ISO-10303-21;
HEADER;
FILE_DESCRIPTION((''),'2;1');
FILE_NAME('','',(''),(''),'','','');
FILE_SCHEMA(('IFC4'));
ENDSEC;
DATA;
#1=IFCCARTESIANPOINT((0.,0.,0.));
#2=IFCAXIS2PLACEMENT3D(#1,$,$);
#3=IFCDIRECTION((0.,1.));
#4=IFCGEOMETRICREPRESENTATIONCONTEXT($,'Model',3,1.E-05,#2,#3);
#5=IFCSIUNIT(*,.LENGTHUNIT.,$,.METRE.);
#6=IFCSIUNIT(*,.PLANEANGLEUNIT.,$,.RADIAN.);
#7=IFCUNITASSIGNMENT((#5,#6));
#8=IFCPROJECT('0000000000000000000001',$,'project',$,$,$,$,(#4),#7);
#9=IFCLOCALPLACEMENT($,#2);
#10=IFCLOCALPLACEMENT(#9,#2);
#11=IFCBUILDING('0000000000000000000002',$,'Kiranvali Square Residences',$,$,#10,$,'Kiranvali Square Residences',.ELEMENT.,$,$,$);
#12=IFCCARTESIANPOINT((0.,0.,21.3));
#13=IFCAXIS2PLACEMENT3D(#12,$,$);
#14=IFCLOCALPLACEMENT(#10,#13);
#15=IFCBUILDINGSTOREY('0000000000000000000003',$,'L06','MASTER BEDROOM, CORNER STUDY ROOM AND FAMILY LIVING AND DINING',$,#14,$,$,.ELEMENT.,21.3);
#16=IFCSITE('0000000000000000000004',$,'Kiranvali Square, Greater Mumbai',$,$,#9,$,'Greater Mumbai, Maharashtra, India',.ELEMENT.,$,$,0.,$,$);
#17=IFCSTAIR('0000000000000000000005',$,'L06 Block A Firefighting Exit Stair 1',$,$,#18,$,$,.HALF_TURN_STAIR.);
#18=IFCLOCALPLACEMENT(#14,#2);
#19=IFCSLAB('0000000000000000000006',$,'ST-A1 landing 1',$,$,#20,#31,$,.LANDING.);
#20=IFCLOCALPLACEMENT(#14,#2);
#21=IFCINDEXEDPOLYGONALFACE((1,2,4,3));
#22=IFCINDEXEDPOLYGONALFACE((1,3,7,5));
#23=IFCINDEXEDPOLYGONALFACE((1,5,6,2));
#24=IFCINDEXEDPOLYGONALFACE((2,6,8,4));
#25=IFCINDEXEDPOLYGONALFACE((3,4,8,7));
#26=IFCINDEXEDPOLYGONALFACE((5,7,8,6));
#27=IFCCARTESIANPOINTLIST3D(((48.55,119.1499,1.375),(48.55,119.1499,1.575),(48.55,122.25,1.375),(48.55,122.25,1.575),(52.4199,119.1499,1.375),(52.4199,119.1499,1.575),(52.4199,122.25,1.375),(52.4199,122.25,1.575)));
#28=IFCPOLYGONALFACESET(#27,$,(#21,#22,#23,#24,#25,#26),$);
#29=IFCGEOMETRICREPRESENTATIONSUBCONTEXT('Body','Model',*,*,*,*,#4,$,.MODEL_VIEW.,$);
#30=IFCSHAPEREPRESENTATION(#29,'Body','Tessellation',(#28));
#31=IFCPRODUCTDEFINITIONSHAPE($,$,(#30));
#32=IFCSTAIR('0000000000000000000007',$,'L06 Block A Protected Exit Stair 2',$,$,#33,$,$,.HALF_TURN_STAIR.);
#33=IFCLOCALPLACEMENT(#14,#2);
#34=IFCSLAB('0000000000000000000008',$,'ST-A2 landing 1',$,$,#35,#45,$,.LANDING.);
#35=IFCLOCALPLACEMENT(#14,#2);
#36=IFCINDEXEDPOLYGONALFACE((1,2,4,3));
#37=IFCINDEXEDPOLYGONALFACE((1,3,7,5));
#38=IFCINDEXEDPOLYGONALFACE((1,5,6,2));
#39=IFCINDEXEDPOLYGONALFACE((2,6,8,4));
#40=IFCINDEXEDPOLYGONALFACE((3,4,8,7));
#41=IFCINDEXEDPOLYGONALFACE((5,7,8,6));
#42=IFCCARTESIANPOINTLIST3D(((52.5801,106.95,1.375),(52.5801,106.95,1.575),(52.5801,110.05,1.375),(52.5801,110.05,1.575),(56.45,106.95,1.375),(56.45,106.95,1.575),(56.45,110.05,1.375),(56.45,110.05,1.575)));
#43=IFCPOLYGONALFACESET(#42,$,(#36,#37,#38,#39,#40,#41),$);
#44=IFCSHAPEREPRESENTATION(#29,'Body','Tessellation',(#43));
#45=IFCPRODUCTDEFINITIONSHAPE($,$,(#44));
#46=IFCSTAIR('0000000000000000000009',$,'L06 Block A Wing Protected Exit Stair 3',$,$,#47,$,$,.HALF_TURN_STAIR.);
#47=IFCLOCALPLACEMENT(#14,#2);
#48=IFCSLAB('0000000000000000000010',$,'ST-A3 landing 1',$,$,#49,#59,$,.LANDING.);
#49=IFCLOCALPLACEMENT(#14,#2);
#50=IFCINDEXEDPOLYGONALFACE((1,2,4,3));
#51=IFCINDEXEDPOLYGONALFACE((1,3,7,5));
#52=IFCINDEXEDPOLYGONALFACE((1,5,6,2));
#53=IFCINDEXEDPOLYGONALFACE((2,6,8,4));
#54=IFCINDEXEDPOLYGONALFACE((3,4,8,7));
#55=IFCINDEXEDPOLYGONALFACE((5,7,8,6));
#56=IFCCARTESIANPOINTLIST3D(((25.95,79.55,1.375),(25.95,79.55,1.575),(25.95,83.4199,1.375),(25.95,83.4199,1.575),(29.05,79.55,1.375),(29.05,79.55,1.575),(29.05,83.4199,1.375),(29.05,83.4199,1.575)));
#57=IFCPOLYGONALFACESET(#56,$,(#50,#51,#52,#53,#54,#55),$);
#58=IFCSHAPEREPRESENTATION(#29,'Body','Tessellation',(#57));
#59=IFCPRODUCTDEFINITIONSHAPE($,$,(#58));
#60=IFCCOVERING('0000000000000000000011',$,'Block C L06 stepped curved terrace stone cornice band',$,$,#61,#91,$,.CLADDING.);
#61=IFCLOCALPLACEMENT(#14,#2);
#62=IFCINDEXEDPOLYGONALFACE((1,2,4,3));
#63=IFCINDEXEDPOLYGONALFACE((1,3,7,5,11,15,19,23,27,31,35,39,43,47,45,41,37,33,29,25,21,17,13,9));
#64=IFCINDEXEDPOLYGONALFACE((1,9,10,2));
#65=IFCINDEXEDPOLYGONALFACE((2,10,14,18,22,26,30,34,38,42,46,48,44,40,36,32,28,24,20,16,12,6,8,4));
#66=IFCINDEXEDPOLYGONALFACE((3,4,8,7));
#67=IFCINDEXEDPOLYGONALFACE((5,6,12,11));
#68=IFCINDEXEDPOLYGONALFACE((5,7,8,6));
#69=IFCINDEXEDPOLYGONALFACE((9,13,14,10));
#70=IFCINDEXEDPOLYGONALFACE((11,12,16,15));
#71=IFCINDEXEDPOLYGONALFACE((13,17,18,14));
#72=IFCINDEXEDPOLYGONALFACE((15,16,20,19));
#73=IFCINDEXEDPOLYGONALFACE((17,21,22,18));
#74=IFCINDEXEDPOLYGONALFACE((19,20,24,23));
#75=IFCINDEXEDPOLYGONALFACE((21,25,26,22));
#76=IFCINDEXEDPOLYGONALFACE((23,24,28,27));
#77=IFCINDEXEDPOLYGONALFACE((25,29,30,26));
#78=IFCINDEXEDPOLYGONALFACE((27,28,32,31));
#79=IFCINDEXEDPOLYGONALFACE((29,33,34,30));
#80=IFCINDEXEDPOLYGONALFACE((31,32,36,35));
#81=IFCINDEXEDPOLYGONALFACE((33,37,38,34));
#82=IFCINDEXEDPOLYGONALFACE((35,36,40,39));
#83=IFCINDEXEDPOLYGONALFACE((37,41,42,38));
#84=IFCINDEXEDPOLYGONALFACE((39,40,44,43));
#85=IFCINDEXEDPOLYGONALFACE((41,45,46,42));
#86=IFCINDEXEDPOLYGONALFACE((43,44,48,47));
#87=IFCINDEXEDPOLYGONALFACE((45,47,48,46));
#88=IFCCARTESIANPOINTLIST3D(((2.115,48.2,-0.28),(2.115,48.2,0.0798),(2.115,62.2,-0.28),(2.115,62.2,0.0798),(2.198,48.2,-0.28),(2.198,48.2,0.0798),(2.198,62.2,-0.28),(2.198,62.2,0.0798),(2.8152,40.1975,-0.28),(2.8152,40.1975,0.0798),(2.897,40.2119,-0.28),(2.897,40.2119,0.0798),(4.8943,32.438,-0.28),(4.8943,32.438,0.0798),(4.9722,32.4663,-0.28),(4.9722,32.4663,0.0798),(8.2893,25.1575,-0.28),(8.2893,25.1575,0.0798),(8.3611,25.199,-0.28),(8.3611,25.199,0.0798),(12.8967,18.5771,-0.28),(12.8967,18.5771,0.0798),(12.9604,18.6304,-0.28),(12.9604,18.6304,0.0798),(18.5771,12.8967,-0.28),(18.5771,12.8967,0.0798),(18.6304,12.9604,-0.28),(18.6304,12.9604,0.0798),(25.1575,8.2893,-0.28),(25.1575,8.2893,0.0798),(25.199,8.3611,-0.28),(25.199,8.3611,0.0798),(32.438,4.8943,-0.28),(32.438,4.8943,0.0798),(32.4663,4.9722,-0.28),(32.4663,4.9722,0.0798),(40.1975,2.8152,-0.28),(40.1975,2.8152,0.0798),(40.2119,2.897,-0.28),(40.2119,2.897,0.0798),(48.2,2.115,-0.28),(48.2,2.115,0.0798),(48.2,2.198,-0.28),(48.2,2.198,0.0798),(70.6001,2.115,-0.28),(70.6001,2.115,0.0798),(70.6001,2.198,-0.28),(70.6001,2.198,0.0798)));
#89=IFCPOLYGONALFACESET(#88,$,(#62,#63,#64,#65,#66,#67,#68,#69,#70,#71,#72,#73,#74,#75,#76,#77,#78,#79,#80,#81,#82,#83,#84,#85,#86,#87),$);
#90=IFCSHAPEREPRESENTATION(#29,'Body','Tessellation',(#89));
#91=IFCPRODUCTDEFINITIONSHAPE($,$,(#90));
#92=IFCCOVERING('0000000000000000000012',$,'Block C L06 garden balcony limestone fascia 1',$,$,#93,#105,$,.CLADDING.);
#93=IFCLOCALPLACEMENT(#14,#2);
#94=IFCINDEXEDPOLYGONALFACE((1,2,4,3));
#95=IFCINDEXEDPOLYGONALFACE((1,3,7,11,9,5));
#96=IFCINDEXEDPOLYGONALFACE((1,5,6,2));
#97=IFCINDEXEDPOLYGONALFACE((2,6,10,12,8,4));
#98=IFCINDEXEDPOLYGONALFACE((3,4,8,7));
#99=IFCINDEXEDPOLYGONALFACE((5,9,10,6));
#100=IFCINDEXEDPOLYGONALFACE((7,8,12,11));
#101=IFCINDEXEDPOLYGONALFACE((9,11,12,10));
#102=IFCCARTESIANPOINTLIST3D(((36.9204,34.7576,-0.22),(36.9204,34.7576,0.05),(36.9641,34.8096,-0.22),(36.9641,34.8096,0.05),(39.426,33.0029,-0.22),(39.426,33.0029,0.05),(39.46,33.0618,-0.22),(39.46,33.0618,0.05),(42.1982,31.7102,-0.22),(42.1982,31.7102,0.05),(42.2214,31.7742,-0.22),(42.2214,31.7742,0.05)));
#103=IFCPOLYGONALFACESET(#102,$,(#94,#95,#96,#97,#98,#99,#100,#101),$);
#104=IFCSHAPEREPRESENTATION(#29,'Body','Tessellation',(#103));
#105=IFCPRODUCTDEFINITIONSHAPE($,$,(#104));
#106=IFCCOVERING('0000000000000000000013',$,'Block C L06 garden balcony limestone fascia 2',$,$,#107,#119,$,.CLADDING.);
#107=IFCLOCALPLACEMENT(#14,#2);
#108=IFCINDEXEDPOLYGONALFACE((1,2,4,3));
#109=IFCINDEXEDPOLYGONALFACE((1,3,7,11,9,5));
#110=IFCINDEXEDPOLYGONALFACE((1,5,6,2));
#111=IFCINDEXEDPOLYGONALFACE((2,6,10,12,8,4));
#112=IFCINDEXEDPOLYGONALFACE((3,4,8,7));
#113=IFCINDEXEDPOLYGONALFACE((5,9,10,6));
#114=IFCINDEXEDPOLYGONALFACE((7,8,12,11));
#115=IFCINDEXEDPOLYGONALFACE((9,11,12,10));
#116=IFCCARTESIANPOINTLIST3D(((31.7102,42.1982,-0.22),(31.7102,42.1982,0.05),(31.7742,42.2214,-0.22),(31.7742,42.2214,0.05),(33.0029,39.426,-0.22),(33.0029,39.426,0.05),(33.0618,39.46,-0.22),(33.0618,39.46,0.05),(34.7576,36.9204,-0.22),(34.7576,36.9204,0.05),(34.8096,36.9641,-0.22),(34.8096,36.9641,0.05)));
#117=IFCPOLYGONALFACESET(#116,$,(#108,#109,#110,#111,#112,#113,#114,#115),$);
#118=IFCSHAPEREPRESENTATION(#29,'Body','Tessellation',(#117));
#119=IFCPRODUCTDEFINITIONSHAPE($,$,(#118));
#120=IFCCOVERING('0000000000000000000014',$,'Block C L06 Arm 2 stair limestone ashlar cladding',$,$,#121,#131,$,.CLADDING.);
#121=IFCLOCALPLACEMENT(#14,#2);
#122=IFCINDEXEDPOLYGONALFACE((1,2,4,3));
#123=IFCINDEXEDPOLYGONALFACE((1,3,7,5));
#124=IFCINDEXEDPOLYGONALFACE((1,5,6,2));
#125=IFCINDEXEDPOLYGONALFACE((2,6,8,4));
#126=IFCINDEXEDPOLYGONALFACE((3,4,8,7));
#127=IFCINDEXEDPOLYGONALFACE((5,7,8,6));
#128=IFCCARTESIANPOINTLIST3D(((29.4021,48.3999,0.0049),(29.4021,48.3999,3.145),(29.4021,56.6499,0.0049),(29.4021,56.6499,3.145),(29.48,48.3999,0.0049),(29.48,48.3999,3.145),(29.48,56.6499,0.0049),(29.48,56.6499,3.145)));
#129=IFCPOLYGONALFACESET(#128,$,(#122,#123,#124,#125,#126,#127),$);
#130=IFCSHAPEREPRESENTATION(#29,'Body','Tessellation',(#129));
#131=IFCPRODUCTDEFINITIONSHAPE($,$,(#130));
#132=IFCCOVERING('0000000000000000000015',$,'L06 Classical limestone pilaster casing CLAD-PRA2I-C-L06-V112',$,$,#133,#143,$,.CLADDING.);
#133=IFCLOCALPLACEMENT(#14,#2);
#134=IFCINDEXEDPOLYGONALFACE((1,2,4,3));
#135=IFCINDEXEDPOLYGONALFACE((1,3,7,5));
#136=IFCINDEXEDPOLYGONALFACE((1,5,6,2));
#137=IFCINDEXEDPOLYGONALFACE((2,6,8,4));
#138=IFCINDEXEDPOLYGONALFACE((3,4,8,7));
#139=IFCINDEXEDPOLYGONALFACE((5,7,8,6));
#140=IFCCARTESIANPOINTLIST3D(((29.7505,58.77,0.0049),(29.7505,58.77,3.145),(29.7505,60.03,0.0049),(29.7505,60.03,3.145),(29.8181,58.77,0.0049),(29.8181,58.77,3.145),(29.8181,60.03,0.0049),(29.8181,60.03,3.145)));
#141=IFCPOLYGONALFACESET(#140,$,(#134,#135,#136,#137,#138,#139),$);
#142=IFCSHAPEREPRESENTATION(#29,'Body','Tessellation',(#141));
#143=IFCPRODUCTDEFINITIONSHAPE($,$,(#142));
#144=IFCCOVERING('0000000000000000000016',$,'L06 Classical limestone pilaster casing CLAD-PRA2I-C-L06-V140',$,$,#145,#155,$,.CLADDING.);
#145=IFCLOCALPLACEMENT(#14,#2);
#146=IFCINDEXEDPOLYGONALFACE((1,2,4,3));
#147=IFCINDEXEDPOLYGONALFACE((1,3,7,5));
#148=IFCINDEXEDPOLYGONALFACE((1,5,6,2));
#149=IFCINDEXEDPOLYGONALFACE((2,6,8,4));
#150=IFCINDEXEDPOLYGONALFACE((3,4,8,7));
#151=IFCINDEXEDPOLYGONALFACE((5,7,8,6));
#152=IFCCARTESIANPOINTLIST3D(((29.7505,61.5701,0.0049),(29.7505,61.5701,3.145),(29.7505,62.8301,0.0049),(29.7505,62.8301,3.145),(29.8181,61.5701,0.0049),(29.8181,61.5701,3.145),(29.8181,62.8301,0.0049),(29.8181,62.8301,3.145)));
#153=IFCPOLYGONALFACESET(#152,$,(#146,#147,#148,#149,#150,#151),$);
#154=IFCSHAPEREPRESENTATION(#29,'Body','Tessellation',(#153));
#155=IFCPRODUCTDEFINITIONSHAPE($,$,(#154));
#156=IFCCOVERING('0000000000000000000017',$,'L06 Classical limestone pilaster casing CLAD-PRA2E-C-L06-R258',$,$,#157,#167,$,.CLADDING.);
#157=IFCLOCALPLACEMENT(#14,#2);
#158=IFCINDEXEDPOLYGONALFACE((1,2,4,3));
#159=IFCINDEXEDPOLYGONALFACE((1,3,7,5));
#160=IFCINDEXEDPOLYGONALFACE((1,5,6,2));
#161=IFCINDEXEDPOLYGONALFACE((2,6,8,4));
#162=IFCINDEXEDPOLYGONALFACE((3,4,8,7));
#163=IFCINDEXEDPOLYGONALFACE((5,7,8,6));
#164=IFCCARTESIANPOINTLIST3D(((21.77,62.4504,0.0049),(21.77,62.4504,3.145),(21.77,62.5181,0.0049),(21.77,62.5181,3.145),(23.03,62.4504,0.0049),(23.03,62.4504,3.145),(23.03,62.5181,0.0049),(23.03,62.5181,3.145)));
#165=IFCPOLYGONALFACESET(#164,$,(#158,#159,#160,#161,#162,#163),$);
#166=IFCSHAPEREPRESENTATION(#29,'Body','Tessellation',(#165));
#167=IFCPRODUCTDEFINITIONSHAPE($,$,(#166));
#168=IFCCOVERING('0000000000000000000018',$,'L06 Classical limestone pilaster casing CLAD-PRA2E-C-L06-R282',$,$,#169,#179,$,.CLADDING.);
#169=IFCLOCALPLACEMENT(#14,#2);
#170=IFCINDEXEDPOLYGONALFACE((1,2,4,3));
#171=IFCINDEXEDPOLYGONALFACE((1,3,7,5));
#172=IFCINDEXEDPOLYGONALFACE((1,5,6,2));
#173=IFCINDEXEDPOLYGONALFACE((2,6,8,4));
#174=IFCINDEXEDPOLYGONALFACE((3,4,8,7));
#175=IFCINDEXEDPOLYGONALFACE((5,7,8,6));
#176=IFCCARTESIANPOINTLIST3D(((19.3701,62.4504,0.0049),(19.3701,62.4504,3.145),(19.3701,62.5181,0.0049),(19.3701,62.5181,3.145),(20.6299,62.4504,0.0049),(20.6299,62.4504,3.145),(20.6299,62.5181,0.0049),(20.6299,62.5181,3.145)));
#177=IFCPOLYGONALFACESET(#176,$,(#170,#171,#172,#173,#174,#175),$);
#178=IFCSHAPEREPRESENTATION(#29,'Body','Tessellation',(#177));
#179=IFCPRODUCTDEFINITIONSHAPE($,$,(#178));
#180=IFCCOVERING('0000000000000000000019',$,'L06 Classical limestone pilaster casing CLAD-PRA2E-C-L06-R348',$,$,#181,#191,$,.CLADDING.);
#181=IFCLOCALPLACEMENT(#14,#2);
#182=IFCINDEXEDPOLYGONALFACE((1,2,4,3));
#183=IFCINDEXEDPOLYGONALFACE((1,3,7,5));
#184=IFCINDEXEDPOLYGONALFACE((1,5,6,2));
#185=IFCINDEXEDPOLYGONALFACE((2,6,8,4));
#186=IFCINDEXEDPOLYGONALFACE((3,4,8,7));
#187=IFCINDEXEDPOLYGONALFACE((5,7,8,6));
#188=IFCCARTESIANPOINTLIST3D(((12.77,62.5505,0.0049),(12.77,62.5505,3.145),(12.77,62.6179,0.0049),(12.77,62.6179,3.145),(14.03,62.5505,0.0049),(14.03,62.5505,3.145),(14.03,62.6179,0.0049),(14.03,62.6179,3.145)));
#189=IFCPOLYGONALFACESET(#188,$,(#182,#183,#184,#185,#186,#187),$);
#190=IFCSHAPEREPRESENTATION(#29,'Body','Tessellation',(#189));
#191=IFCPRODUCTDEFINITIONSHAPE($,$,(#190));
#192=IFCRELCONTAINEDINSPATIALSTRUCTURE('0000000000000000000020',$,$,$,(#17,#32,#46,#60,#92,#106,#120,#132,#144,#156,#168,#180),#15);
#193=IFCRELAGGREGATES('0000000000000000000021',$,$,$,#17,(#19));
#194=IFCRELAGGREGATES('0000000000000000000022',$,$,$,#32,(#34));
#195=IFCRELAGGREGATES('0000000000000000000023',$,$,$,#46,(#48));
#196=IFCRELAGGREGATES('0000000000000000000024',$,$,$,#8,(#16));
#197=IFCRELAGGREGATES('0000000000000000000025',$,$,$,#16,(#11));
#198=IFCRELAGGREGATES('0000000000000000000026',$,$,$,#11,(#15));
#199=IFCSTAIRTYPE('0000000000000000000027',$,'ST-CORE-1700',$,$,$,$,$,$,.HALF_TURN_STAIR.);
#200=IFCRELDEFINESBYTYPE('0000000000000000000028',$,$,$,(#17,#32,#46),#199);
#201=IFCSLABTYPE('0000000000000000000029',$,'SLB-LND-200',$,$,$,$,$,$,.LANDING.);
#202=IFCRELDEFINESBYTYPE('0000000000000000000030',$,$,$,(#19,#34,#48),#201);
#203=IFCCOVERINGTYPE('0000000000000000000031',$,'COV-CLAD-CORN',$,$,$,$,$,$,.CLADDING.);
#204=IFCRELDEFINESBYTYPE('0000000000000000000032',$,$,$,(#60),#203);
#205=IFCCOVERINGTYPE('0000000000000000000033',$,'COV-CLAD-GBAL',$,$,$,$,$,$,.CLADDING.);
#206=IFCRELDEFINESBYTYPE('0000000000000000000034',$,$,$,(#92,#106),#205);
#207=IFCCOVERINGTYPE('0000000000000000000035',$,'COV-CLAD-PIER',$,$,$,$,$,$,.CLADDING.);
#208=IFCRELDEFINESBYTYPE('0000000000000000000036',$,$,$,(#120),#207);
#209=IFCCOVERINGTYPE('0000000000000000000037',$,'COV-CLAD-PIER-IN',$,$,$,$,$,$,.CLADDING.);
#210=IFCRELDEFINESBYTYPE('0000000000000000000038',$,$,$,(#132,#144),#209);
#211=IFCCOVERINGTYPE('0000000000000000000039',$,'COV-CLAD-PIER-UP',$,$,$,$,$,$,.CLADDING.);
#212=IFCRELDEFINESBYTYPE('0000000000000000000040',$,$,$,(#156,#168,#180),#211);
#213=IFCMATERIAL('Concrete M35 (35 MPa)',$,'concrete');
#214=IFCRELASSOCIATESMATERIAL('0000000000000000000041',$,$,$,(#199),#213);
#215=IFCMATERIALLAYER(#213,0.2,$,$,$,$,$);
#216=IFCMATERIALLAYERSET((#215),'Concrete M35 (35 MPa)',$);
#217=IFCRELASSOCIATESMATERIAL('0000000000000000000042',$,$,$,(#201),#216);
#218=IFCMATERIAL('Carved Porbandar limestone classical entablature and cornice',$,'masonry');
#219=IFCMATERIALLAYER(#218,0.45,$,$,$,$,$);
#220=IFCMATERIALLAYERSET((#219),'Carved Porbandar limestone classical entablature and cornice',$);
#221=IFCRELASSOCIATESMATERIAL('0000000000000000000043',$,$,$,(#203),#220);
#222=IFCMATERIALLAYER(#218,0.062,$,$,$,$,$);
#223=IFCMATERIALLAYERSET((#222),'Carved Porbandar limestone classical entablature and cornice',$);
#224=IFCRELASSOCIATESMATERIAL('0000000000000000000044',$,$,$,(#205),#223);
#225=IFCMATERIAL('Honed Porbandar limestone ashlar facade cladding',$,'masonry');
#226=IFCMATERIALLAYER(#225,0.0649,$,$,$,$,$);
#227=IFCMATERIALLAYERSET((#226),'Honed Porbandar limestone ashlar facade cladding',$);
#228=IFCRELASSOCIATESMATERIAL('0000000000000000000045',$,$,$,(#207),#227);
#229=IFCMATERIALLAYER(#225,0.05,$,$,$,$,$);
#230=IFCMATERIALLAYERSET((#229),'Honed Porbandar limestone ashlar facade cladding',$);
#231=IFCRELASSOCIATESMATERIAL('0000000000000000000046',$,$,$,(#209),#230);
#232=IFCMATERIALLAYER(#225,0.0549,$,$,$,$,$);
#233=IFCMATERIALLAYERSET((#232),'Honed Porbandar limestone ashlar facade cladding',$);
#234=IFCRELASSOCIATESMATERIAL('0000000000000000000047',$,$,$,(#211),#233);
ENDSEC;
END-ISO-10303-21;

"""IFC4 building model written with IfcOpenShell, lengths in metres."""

from ifc_helpers import new_model, si_unit, direction, frame, origin, place, context, subcontext, project, spatial, polyline, outline, extrude, material, layer, layer_set, type_object, element, aggregate, save


model = new_model("IFC4")

# Units and contexts
model_context = context("Model", 3, precision=1e-05, world=origin(), true_north=direction((0.0, 1.0)))
body_context = subcontext(model_context, "Body", "Model", "MODEL_VIEW")
ifc_project = project(units=[si_unit("LENGTHUNIT", "METRE"), si_unit("PLANEANGLEUNIT", "RADIAN")], contexts=[model_context])

# Site, building, storey
site_placement = place(None, origin())
site = spatial("IfcSite", under=ifc_project, at=site_placement, Name="Kiranvali Square, Greater Mumbai", LongName="Greater Mumbai, Maharashtra, India", CompositionType="ELEMENT", RefElevation=0.0)
building_placement = place(site_placement, origin())
building = spatial("IfcBuilding", under=site, at=building_placement, Name="Kiranvali Square Residences", LongName="Kiranvali Square Residences", CompositionType="ELEMENT")
storey_placement = place(building_placement, frame((0.0, 0.0, 21.3)))
storey = spatial("IfcBuildingStorey", under=building, at=storey_placement, Name="L06", Description="MASTER BEDROOM, CORNER STUDY ROOM AND FAMILY LIVING AND DINING", CompositionType="ELEMENT", Elevation=21.3)

# Stairs, slabs
ifc_material_1 = material(Name="Concrete M35 (35 MPa)", Category="concrete")
stair_type = type_object("IfcStairType", Name="ST-CORE-1700", PredefinedType="HALF_TURN_STAIR", material=ifc_material_1)
stair_1_placement = place(storey_placement, origin())
stair_1 = element("IfcStair", 1, at=stair_1_placement, inside=storey, type_object=stair_type, Name="L06 Block A Firefighting Exit Stair 1", PredefinedType="HALF_TURN_STAIR")
ifc_layer_1 = layer(ifc_material_1, 0.2)
ifc_layer_set_1 = layer_set([ifc_layer_1], Name="Concrete M35 (35 MPa)")
slab_type = type_object("IfcSlabType", Name="SLB-LND-200", PredefinedType="LANDING", material=ifc_layer_set_1)
slab_1_placement = place(storey_placement, frame((0.0, 0.0, 1.375)))
slab_1 = element("IfcSlab", 2, at=slab_1_placement, type_object=slab_type, Name="ST-A1 landing 1", PredefinedType="LANDING", context=body_context, shape_type="SweptSolid", body=[
    extrude(outline(polyline([(52.4199, 122.25), (48.55, 122.25), (48.55, 119.1499), (52.4199, 119.1499), (52.4199, 122.25)])), origin(), (0.0, 0.0, 1.0), 0.2),
])
aggregate(stair_1, [slab_1])
stair_2_placement = place(storey_placement, origin())
stair_2 = element("IfcStair", 3, at=stair_2_placement, inside=storey, type_object=stair_type, Name="L06 Block A Protected Exit Stair 2", PredefinedType="HALF_TURN_STAIR")
slab_2_placement = place(storey_placement, frame((0.0, 0.0, 1.375)))
slab_2 = element("IfcSlab", 4, at=slab_2_placement, type_object=slab_type, Name="ST-A2 landing 1", PredefinedType="LANDING", context=body_context, shape_type="SweptSolid", body=[
    extrude(outline(polyline([(52.5801, 106.95), (56.45, 106.95), (56.45, 110.05), (52.5801, 110.05), (52.5801, 106.95)])), origin(), (0.0, 0.0, 1.0), 0.2),
])
aggregate(stair_2, [slab_2])
stair_3_placement = place(storey_placement, origin())
stair_3 = element("IfcStair", 5, at=stair_3_placement, inside=storey, type_object=stair_type, Name="L06 Block A Wing Protected Exit Stair 3", PredefinedType="HALF_TURN_STAIR")
slab_3_placement = place(storey_placement, frame((0.0, 0.0, 1.375)))
slab_3 = element("IfcSlab", 6, at=slab_3_placement, type_object=slab_type, Name="ST-A3 landing 1", PredefinedType="LANDING", context=body_context, shape_type="SweptSolid", body=[
    extrude(outline(polyline([(25.95, 83.4199), (25.95, 79.55), (29.05, 79.55), (29.05, 83.4199), (25.95, 83.4199)])), origin(), (0.0, 0.0, 1.0), 0.2),
])
aggregate(stair_3, [slab_3])

# Coverings
ifc_material_2 = material(Name="Carved Porbandar limestone classical entablature and cornice", Category="masonry")
ifc_layer_2 = layer(ifc_material_2, 0.45)
ifc_layer_set_2 = layer_set([ifc_layer_2], Name="Carved Porbandar limestone classical entablature and cornice")
covering_type_1 = type_object("IfcCoveringType", Name="COV-CLAD-CORN", PredefinedType="CLADDING", material=ifc_layer_set_2)
covering_1_placement = place(storey_placement, frame((0.0, 0.0, -0.28)))
element("IfcCovering", 7, at=covering_1_placement, inside=storey, type_object=covering_type_1, Name="Block C L06 stepped curved terrace stone cornice band", PredefinedType="CLADDING", context=body_context, shape_type="SweptSolid", body=[
    extrude(outline(polyline([(70.6001, 2.198), (48.2, 2.198), (40.2119, 2.897), (32.4663, 4.9722), (25.199, 8.3611), (18.6304, 12.9604), (12.9604, 18.6304), (8.3611, 25.199), (4.9722, 32.4663), (2.897, 40.2119), (2.198, 48.2), (2.198, 62.2), (2.115, 62.2), (2.115, 48.2), (2.8152, 40.1975), (4.8943, 32.438), (8.2893, 25.1575), (12.8967, 18.5771), (18.5771, 12.8967), (25.1575, 8.2893), (32.438, 4.8943), (40.1975, 2.8152), (48.2, 2.115), (70.6001, 2.115), (70.6001, 2.198)])), origin(), (0.0, 0.0, 1.0), 0.3599),
])
ifc_layer_3 = layer(ifc_material_2, 0.062)
ifc_layer_set_3 = layer_set([ifc_layer_3], Name="Carved Porbandar limestone classical entablature and cornice")
covering_type_2 = type_object("IfcCoveringType", Name="COV-CLAD-GBAL", PredefinedType="CLADDING", material=ifc_layer_set_3)
covering_2_placement = place(storey_placement, frame((0.0, 0.0, -0.22)))
element("IfcCovering", 8, at=covering_2_placement, inside=storey, type_object=covering_type_2, Name="Block C L06 garden balcony limestone fascia 1", PredefinedType="CLADDING", context=body_context, shape_type="SweptSolid", body=[
    extrude(outline(polyline([(42.2214, 31.7742), (39.46, 33.0618), (36.9641, 34.8096), (36.9204, 34.7576), (39.426, 33.0029), (42.1982, 31.7102), (42.2214, 31.7742)])), origin(), (0.0, 0.0, 1.0), 0.27),
])
covering_3_placement = place(storey_placement, frame((0.0, 0.0, -0.22)))
element("IfcCovering", 9, at=covering_3_placement, inside=storey, type_object=covering_type_2, Name="Block C L06 garden balcony limestone fascia 2", PredefinedType="CLADDING", context=body_context, shape_type="SweptSolid", body=[
    extrude(outline(polyline([(34.8096, 36.9641), (33.0618, 39.46), (31.7742, 42.2214), (31.7102, 42.1982), (33.0029, 39.426), (34.7576, 36.9204), (34.8096, 36.9641)])), origin(), (0.0, 0.0, 1.0), 0.27),
])
ifc_material_3 = material(Name="Honed Porbandar limestone ashlar facade cladding", Category="masonry")
ifc_layer_4 = layer(ifc_material_3, 0.0649)
ifc_layer_set_4 = layer_set([ifc_layer_4], Name="Honed Porbandar limestone ashlar facade cladding")
covering_type_3 = type_object("IfcCoveringType", Name="COV-CLAD-PIER", PredefinedType="CLADDING", material=ifc_layer_set_4)
covering_4_placement = place(storey_placement, frame((0.0, 0.0, 0.0049)))
element("IfcCovering", 10, at=covering_4_placement, inside=storey, type_object=covering_type_3, Name="Block C L06 Arm 2 stair limestone ashlar cladding", PredefinedType="CLADDING", context=body_context, shape_type="SweptSolid", body=[
    extrude(outline(polyline([(29.48, 48.3999), (29.48, 56.6499), (29.4021, 56.6499), (29.4021, 48.3999), (29.48, 48.3999)])), origin(), (0.0, 0.0, 1.0), 3.1401),
])
ifc_layer_5 = layer(ifc_material_3, 0.05)
ifc_layer_set_5 = layer_set([ifc_layer_5], Name="Honed Porbandar limestone ashlar facade cladding")
covering_type_4 = type_object("IfcCoveringType", Name="COV-CLAD-PIER-IN", PredefinedType="CLADDING", material=ifc_layer_set_5)
covering_5_placement = place(storey_placement, frame((0.0, 0.0, 0.0049)))
element("IfcCovering", 11, at=covering_5_placement, inside=storey, type_object=covering_type_4, Name="L06 Classical limestone pilaster casing CLAD-PRA2I-C-L06-V112", PredefinedType="CLADDING", context=body_context, shape_type="SweptSolid", body=[
    extrude(outline(polyline([(29.8181, 58.77), (29.8181, 60.03), (29.7505, 60.03), (29.7505, 58.77), (29.8181, 58.77)])), origin(), (0.0, 0.0, 1.0), 3.1401),
])
covering_6_placement = place(storey_placement, frame((0.0, 0.0, 0.0049)))
element("IfcCovering", 12, at=covering_6_placement, inside=storey, type_object=covering_type_4, Name="L06 Classical limestone pilaster casing CLAD-PRA2I-C-L06-V140", PredefinedType="CLADDING", context=body_context, shape_type="SweptSolid", body=[
    extrude(outline(polyline([(29.8181, 61.5701), (29.8181, 62.8301), (29.7505, 62.8301), (29.7505, 61.5701), (29.8181, 61.5701)])), origin(), (0.0, 0.0, 1.0), 3.1401),
])
ifc_layer_6 = layer(ifc_material_3, 0.0549)
ifc_layer_set_6 = layer_set([ifc_layer_6], Name="Honed Porbandar limestone ashlar facade cladding")
covering_type_5 = type_object("IfcCoveringType", Name="COV-CLAD-PIER-UP", PredefinedType="CLADDING", material=ifc_layer_set_6)
covering_7_placement = place(storey_placement, frame((0.0, 0.0, 0.0049)))
element("IfcCovering", 13, at=covering_7_placement, inside=storey, type_object=covering_type_5, Name="L06 Classical limestone pilaster casing CLAD-PRA2E-C-L06-R258", PredefinedType="CLADDING", context=body_context, shape_type="SweptSolid", body=[
    extrude(outline(polyline([(23.03, 62.5181), (21.77, 62.5181), (21.77, 62.4504), (23.03, 62.4504), (23.03, 62.5181)])), origin(), (0.0, 0.0, 1.0), 3.1401),
])
covering_8_placement = place(storey_placement, frame((0.0, 0.0, 0.0049)))
element("IfcCovering", 14, at=covering_8_placement, inside=storey, type_object=covering_type_5, Name="L06 Classical limestone pilaster casing CLAD-PRA2E-C-L06-R282", PredefinedType="CLADDING", context=body_context, shape_type="SweptSolid", body=[
    extrude(outline(polyline([(20.6299, 62.5181), (19.3701, 62.5181), (19.3701, 62.4504), (20.6299, 62.4504), (20.6299, 62.5181)])), origin(), (0.0, 0.0, 1.0), 3.1401),
])
covering_9_placement = place(storey_placement, frame((0.0, 0.0, 0.0049)))
element("IfcCovering", 15, at=covering_9_placement, inside=storey, type_object=covering_type_5, Name="L06 Classical limestone pilaster casing CLAD-PRA2E-C-L06-R348", PredefinedType="CLADDING", context=body_context, shape_type="SweptSolid", body=[
    extrude(outline(polyline([(14.03, 62.6179), (12.77, 62.6179), (12.77, 62.5505), (14.03, 62.5505), (14.03, 62.6179)])), origin(), (0.0, 0.0, 1.0), 3.1401),
])

save(model, "model.ifc")
